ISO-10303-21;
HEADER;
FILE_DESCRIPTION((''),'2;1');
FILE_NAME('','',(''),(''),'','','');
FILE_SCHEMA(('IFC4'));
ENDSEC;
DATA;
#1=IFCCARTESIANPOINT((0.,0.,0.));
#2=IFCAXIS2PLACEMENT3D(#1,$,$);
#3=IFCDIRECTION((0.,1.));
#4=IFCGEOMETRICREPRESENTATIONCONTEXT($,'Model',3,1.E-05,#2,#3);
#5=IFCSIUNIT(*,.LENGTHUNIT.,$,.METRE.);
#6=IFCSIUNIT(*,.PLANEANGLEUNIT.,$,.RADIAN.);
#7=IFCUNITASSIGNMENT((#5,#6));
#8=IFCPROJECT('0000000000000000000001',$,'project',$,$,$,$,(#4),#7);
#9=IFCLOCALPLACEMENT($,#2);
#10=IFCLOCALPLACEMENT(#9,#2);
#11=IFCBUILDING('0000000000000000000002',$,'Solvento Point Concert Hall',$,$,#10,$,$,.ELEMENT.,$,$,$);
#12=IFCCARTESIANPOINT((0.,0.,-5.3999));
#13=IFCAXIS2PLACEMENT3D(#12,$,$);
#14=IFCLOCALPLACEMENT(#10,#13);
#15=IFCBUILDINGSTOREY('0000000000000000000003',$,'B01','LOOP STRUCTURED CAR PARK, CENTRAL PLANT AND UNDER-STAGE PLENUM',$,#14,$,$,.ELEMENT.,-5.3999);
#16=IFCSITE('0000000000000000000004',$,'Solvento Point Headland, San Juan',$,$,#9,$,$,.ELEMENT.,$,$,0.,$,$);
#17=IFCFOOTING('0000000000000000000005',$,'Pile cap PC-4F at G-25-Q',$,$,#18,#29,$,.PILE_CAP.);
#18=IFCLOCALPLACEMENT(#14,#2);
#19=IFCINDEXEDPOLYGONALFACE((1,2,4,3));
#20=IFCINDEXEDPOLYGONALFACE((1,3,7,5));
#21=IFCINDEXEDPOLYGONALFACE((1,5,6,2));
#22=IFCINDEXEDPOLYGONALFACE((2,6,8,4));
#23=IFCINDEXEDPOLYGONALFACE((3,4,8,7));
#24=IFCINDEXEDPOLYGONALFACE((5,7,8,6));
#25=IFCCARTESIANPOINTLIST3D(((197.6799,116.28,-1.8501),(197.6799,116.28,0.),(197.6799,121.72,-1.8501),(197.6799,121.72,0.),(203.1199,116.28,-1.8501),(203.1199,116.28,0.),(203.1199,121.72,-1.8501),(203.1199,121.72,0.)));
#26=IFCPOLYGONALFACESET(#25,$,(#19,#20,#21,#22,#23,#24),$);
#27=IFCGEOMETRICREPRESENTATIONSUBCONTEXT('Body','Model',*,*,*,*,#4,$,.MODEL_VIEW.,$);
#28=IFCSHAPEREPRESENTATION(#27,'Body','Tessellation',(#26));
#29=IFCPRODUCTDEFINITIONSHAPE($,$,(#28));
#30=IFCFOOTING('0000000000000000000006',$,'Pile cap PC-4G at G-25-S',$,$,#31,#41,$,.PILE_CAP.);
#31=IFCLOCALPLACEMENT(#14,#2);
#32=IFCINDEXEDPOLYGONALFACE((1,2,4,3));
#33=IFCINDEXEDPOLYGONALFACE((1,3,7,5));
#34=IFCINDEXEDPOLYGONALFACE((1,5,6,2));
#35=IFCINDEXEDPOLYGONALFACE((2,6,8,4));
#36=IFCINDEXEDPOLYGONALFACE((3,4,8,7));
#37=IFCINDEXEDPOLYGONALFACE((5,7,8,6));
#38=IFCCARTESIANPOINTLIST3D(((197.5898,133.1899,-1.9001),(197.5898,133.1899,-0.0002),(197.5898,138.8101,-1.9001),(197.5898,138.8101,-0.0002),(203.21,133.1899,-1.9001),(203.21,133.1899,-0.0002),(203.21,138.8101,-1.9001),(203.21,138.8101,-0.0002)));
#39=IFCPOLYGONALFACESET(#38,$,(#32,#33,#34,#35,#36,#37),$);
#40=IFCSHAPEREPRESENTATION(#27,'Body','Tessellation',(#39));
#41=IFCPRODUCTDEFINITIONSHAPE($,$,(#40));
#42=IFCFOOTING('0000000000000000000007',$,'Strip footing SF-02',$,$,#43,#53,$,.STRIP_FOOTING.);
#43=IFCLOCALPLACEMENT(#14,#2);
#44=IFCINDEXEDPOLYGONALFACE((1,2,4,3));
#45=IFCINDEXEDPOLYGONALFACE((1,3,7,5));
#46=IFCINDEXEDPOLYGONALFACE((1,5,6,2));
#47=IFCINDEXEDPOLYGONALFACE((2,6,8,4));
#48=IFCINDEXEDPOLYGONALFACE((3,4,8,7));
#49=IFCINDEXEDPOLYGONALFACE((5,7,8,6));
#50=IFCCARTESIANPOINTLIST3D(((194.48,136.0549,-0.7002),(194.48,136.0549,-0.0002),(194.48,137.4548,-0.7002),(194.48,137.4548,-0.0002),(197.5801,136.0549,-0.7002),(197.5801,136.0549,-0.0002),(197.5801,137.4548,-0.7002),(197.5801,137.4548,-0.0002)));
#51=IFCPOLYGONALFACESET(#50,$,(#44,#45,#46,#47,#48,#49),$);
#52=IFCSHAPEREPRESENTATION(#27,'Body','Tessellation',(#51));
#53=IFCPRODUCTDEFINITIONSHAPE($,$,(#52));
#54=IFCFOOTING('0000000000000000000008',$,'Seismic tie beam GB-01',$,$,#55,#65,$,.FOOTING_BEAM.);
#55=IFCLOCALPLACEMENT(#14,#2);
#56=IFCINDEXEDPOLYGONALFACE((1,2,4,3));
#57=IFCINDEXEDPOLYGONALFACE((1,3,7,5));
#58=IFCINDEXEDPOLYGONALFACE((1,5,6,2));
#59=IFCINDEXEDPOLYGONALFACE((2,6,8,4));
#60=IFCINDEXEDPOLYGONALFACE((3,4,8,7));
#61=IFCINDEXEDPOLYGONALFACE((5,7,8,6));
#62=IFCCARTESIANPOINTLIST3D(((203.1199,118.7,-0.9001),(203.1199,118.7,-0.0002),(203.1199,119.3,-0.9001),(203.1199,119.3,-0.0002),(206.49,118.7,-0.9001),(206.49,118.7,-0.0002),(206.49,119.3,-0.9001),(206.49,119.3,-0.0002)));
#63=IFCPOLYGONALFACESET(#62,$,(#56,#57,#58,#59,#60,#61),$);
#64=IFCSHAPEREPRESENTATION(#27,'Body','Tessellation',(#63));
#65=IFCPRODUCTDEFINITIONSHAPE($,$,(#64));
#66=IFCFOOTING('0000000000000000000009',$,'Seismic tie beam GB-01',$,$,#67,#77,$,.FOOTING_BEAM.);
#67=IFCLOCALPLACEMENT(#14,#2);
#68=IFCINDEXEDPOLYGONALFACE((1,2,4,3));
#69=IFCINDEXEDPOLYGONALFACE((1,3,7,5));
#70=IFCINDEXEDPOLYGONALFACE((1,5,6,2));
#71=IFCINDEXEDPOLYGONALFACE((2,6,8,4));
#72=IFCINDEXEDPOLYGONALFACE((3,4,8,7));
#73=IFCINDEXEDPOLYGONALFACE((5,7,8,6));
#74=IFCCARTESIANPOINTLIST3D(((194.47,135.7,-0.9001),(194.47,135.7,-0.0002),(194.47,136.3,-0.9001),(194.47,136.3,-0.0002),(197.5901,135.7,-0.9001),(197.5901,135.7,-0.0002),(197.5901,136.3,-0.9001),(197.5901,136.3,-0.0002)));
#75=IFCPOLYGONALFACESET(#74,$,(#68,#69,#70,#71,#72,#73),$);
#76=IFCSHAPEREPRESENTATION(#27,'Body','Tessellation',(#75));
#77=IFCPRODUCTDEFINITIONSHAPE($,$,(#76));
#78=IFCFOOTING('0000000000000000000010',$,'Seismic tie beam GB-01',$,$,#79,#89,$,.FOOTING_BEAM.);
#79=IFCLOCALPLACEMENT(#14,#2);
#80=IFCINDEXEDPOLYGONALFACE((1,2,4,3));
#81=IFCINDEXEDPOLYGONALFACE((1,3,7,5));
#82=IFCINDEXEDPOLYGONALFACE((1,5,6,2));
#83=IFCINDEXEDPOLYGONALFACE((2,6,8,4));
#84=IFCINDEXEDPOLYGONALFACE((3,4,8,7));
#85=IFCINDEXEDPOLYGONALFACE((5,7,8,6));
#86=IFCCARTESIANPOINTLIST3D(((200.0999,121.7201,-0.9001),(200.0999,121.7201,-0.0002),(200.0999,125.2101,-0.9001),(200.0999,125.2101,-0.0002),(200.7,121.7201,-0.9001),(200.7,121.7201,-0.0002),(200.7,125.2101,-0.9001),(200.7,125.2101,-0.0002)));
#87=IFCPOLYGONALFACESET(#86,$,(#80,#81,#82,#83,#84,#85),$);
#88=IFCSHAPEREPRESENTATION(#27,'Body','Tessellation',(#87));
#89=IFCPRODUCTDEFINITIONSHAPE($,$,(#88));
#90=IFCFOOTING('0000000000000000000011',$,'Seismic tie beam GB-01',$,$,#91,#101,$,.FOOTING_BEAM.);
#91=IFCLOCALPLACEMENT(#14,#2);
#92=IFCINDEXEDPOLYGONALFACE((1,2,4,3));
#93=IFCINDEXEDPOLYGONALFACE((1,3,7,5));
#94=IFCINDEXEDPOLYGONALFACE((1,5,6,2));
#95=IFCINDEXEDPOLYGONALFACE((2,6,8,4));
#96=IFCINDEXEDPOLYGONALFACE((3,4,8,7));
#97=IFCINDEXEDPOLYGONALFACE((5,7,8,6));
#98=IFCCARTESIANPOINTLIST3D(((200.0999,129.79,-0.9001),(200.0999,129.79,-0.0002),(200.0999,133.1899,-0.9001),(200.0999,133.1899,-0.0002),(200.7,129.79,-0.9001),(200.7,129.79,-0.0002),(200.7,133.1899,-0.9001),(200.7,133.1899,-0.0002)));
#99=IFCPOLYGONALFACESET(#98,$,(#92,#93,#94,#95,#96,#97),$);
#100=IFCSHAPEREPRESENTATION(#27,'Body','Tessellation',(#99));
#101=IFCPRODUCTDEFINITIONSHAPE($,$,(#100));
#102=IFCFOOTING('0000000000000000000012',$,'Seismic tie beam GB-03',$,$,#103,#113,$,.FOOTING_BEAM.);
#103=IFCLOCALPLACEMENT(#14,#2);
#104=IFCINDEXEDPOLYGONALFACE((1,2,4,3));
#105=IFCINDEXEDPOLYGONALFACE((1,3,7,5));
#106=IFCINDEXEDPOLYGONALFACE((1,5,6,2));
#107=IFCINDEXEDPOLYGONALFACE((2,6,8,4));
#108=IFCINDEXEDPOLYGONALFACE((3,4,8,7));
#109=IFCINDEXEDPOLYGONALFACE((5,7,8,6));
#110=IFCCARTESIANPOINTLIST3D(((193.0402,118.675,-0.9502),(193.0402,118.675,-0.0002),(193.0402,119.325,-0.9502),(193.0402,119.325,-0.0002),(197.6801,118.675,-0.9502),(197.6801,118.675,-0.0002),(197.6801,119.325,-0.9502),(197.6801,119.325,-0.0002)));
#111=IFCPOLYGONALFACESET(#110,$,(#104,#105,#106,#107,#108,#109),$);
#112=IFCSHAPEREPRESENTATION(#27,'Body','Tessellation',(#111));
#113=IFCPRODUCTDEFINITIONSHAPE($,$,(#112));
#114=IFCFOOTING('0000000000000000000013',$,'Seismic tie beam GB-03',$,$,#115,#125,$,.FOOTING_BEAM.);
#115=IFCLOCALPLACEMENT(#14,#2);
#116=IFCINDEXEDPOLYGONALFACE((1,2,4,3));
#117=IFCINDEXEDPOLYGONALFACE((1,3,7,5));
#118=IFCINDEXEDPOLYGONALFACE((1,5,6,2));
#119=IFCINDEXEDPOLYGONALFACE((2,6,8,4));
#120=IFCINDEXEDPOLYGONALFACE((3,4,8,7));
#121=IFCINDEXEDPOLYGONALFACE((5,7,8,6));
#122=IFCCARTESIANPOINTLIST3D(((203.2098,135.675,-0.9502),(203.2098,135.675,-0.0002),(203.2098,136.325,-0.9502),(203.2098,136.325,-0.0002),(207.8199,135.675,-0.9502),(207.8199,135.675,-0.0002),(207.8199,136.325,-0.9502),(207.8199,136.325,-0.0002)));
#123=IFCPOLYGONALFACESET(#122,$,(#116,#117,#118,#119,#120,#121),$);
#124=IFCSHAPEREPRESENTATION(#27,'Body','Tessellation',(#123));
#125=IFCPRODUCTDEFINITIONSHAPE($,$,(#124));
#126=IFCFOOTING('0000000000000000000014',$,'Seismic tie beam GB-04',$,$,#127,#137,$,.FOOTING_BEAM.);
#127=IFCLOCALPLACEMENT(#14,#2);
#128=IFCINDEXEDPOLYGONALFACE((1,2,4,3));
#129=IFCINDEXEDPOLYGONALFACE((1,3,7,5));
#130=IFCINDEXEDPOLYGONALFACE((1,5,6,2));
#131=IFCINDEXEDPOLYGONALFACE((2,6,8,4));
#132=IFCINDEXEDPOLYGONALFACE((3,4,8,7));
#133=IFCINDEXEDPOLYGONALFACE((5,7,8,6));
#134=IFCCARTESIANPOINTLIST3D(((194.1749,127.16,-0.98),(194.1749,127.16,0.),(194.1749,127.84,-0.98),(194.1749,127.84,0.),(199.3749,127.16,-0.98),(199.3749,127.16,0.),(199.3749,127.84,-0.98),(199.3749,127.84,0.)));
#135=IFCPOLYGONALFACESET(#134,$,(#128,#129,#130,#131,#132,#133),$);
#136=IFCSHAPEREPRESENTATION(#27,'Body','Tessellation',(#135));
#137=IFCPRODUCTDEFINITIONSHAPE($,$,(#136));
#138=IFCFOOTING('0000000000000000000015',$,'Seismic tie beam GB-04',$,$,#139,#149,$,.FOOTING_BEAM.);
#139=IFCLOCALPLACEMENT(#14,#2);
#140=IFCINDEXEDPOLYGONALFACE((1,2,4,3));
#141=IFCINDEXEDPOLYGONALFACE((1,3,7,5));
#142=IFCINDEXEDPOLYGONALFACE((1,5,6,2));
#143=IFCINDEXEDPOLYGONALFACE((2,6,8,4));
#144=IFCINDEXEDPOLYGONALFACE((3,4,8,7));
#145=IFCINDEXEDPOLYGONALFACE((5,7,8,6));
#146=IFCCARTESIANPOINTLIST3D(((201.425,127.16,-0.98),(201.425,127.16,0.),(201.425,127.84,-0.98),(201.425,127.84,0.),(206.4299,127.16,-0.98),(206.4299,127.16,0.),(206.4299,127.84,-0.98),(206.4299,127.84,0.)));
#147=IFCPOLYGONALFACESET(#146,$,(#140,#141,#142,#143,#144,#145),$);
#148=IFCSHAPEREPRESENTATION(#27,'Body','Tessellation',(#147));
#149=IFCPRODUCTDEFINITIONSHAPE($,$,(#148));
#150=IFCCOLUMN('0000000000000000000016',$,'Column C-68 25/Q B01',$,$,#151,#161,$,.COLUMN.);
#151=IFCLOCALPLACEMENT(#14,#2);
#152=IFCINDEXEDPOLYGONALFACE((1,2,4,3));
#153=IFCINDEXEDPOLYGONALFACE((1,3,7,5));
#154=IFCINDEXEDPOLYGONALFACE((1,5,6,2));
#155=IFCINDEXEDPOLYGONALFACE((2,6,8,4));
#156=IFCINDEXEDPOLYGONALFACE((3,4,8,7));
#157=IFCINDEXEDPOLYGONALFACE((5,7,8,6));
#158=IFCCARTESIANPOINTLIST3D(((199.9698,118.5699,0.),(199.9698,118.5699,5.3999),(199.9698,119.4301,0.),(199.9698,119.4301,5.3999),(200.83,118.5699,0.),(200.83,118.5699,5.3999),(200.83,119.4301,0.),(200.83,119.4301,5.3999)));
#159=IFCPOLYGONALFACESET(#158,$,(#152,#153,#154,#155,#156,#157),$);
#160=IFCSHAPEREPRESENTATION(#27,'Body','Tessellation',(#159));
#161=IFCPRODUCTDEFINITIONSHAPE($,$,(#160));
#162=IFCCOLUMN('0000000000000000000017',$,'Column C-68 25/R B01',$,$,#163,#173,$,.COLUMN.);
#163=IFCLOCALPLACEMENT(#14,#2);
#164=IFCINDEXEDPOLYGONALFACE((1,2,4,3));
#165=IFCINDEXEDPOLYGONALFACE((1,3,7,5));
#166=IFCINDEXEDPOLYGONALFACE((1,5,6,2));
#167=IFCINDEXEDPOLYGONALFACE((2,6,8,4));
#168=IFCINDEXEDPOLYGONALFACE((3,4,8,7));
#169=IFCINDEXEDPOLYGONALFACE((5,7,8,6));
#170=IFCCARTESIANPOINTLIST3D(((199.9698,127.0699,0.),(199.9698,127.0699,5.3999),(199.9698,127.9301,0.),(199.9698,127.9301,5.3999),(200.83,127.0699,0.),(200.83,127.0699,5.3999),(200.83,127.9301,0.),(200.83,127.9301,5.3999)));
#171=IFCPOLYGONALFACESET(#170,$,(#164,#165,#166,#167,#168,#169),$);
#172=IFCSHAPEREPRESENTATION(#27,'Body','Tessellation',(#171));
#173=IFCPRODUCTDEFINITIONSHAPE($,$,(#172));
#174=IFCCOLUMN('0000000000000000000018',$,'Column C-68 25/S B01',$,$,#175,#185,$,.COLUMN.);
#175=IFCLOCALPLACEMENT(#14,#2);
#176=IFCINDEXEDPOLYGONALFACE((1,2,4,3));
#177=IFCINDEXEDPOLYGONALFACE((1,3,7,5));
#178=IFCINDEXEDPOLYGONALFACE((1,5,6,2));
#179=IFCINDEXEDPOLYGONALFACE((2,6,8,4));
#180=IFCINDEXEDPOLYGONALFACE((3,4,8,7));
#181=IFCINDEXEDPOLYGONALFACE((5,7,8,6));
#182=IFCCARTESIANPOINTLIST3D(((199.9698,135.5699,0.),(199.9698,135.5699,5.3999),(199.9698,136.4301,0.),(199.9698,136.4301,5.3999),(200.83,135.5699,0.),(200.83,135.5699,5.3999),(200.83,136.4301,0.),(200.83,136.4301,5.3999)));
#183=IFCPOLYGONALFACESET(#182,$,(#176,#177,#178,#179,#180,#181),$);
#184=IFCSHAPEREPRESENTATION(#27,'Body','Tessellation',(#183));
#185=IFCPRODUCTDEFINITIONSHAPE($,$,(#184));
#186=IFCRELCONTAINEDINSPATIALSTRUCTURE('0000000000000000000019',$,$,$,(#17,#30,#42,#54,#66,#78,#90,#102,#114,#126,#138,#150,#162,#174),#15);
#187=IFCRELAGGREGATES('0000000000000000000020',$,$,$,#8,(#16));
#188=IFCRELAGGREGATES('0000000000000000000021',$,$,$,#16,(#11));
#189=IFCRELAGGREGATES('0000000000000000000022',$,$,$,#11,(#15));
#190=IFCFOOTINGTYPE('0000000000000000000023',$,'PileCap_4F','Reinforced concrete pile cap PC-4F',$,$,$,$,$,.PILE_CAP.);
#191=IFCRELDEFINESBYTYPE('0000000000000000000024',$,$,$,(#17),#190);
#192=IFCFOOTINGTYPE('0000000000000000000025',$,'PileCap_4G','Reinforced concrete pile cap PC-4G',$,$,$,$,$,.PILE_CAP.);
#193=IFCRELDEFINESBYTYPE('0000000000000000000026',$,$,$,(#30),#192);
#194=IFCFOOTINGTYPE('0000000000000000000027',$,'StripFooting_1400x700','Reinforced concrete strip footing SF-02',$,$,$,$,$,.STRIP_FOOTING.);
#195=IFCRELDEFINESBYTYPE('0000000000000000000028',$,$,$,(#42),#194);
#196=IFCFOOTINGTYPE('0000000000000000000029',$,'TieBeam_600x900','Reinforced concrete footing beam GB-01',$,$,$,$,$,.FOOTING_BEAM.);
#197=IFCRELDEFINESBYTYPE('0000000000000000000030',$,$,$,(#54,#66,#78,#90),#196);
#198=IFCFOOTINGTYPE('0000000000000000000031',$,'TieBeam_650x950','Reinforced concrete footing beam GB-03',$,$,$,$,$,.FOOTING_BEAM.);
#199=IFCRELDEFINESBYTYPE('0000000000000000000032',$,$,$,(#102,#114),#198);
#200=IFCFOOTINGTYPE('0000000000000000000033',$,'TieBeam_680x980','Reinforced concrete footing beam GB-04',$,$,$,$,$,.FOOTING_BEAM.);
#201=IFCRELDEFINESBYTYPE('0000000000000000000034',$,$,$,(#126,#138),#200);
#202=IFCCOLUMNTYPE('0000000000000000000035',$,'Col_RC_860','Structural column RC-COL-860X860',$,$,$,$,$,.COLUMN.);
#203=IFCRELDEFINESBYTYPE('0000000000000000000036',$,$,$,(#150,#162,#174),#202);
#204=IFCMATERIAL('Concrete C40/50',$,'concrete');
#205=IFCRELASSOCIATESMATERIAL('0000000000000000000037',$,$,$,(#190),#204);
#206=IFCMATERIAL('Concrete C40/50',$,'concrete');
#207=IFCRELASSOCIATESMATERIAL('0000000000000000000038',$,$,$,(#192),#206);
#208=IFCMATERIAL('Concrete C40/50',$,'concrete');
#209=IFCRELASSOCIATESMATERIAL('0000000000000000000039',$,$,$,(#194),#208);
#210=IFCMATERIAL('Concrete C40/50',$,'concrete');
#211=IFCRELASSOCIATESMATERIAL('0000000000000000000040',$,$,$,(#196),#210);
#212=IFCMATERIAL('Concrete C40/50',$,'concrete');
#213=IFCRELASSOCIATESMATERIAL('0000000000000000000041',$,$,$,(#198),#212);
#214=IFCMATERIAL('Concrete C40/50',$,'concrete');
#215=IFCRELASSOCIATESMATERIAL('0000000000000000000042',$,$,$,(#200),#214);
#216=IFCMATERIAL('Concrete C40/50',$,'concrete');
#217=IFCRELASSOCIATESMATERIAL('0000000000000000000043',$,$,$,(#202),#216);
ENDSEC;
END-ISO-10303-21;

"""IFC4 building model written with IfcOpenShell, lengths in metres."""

from ifc_helpers import new_model, si_unit, direction, frame, origin, origin_2d, place, context, subcontext, project, spatial, rectangle, extrude, material, material_profile, profile_set, type_object, element, save


model = new_model("IFC4")

# Units and contexts
model_context = context("Model", 3, precision=1e-05, world=origin(), true_north=direction((0.0, 1.0)))
body_context = subcontext(model_context, "Body", "Model", "MODEL_VIEW")
ifc_project = project(units=[si_unit("LENGTHUNIT", "METRE"), si_unit("PLANEANGLEUNIT", "RADIAN")], contexts=[model_context])

# Site, building, storey
site_placement = place(None, origin())
site = spatial("IfcSite", under=ifc_project, at=site_placement, Name="Solvento Point Headland, San Juan", CompositionType="ELEMENT", RefElevation=0.0)
building_placement = place(site_placement, origin())
building = spatial("IfcBuilding", under=site, at=building_placement, Name="Solvento Point Concert Hall", CompositionType="ELEMENT")
storey_placement = place(building_placement, frame((0.0, 0.0, -5.3999)))
storey = spatial("IfcBuildingStorey", under=building, at=storey_placement, Name="B01", Description="LOOP STRUCTURED CAR PARK, CENTRAL PLANT AND UNDER-STAGE PLENUM", CompositionType="ELEMENT", Elevation=-5.3999)

# Footings
ifc_material_1 = material(Name="Concrete C40/50", Category="concrete")
footing_type_1 = type_object("IfcFootingType", Name="PileCap_4F", Description="Reinforced concrete pile cap PC-4F", PredefinedType="PILE_CAP", material=ifc_material_1)
footing_1_placement = place(storey_placement, frame((200.3999, 119.0, -1.8501), z_axis=(0.0, 0.0, 1.0), x_axis=(1.0, 0.0, 0.0)))
element("IfcFooting", 1, at=footing_1_placement, inside=storey, type_object=footing_type_1, Name="Pile cap PC-4F at G-25-Q", PredefinedType="PILE_CAP", context=body_context, shape_type="SweptSolid", body=[
    extrude(rectangle(XDim=5.4399, YDim=5.4399, at=origin_2d()), origin(), (0.0, 0.0, 1.0), 1.8501),
])
ifc_material_2 = material(Name="Concrete C40/50", Category="concrete")
footing_type_2 = type_object("IfcFootingType", Name="PileCap_4G", Description="Reinforced concrete pile cap PC-4G", PredefinedType="PILE_CAP", material=ifc_material_2)
footing_2_placement = place(storey_placement, frame((200.3999, 136.0, -1.9001), z_axis=(0.0, 0.0, 1.0), x_axis=(1.0, 0.0, 0.0)))
element("IfcFooting", 2, at=footing_2_placement, inside=storey, type_object=footing_type_2, Name="Pile cap PC-4G at G-25-S", PredefinedType="PILE_CAP", context=body_context, shape_type="SweptSolid", body=[
    extrude(rectangle(XDim=5.6201, YDim=5.6201, at=origin_2d()), origin(), (0.0, 0.0, 1.0), 1.8999),
])
ifc_material_3 = material(Name="Concrete C40/50", Category="concrete")
footing_type_3 = type_object("IfcFootingType", Name="StripFooting_1400x700", Description="Reinforced concrete strip footing SF-02", PredefinedType="STRIP_FOOTING", material=ifc_material_3)
footing_3_placement = place(storey_placement, frame((196.03, 136.7549, -0.7002), z_axis=(0.0, 0.0, 1.0), x_axis=(1.0, 0.0, 0.0)))
element("IfcFooting", 3, at=footing_3_placement, inside=storey, type_object=footing_type_3, Name="Strip footing SF-02", PredefinedType="STRIP_FOOTING", context=body_context, shape_type="SweptSolid", body=[
    extrude(rectangle(XDim=3.1001, YDim=1.3999, at=origin_2d()), origin(), (0.0, 0.0, 1.0), 0.7),
])
ifc_material_4 = material(Name="Concrete C40/50", Category="concrete")
footing_type_4 = type_object("IfcFootingType", Name="TieBeam_600x900", Description="Reinforced concrete footing beam GB-01", PredefinedType="FOOTING_BEAM", material=ifc_material_4)
footing_4_placement = place(storey_placement, frame((204.8049, 119.0, -0.9001), z_axis=(0.0, 0.0, 1.0), x_axis=(1.0, 0.0, 0.0)))
element("IfcFooting", 4, at=footing_4_placement, inside=storey, type_object=footing_type_4, Name="Seismic tie beam GB-01", PredefinedType="FOOTING_BEAM", context=body_context, shape_type="SweptSolid", body=[
    extrude(rectangle(XDim=3.3701, YDim=0.6001, at=origin_2d()), origin(), (0.0, 0.0, 1.0), 0.8999),
])
footing_5_placement = place(storey_placement, frame((196.03, 136.0, -0.9001), z_axis=(0.0, 0.0, 1.0), x_axis=(1.0, 0.0, 0.0)))
element("IfcFooting", 5, at=footing_5_placement, inside=storey, type_object=footing_type_4, Name="Seismic tie beam GB-01", PredefinedType="FOOTING_BEAM", context=body_context, shape_type="SweptSolid", body=[
    extrude(rectangle(XDim=3.1201, YDim=0.6001, at=origin_2d()), origin(), (0.0, 0.0, 1.0), 0.8999),
])
footing_6_placement = place(storey_placement, frame((200.3999, 123.4651, -0.9001), z_axis=(0.0, 0.0, 1.0), x_axis=(0.0, 1.0, 0.0)))
element("IfcFooting", 6, at=footing_6_placement, inside=storey, type_object=footing_type_4, Name="Seismic tie beam GB-01", PredefinedType="FOOTING_BEAM", context=body_context, shape_type="SweptSolid", body=[
    extrude(rectangle(XDim=3.49, YDim=0.6001, at=origin_2d()), origin(), (0.0, 0.0, 1.0), 0.8999),
])
footing_7_placement = place(storey_placement, frame((200.3999, 131.49, -0.9001), z_axis=(0.0, 0.0, 1.0), x_axis=(0.0, 1.0, 0.0)))
element("IfcFooting", 7, at=footing_7_placement, inside=storey, type_object=footing_type_4, Name="Seismic tie beam GB-01", PredefinedType="FOOTING_BEAM", context=body_context, shape_type="SweptSolid", body=[
    extrude(rectangle(XDim=3.3999, YDim=0.6001, at=origin_2d()), origin(), (0.0, 0.0, 1.0), 0.8999),
])
ifc_material_5 = material(Name="Concrete C40/50", Category="concrete")
footing_type_5 = type_object("IfcFootingType", Name="TieBeam_650x950", Description="Reinforced concrete footing beam GB-03", PredefinedType="FOOTING_BEAM", material=ifc_material_5)
footing_8_placement = place(storey_placement, frame((195.3601, 119.0, -0.9502), z_axis=(0.0, 0.0, 1.0), x_axis=(1.0, 0.0, 0.0)))
element("IfcFooting", 8, at=footing_8_placement, inside=storey, type_object=footing_type_5, Name="Seismic tie beam GB-03", PredefinedType="FOOTING_BEAM", context=body_context, shape_type="SweptSolid", body=[
    extrude(rectangle(XDim=4.6399, YDim=0.6499, at=origin_2d()), origin(), (0.0, 0.0, 1.0), 0.95),
])
footing_9_placement = place(storey_placement, frame((205.5149, 136.0, -0.9502), z_axis=(0.0, 0.0, 1.0), x_axis=(1.0, 0.0, 0.0)))
element("IfcFooting", 9, at=footing_9_placement, inside=storey, type_object=footing_type_5, Name="Seismic tie beam GB-03", PredefinedType="FOOTING_BEAM", context=body_context, shape_type="SweptSolid", body=[
    extrude(rectangle(XDim=4.6101, YDim=0.6499, at=origin_2d()), origin(), (0.0, 0.0, 1.0), 0.95),
])
ifc_material_6 = material(Name="Concrete C40/50", Category="concrete")
footing_type_6 = type_object("IfcFootingType", Name="TieBeam_680x980", Description="Reinforced concrete footing beam GB-04", PredefinedType="FOOTING_BEAM", material=ifc_material_6)
footing_10_placement = place(storey_placement, frame((196.7749, 127.5, -0.98), z_axis=(0.0, 0.0, 1.0), x_axis=(1.0, 0.0, 0.0)))
element("IfcFooting", 10, at=footing_10_placement, inside=storey, type_object=footing_type_6, Name="Seismic tie beam GB-04", PredefinedType="FOOTING_BEAM", context=body_context, shape_type="SweptSolid", body=[
    extrude(rectangle(XDim=5.2, YDim=0.6799, at=origin_2d()), origin(), (0.0, 0.0, 1.0), 0.98),
])
footing_11_placement = place(storey_placement, frame((203.9275, 127.5, -0.98), z_axis=(0.0, 0.0, 1.0), x_axis=(1.0, 0.0, 0.0)))
element("IfcFooting", 11, at=footing_11_placement, inside=storey, type_object=footing_type_6, Name="Seismic tie beam GB-04", PredefinedType="FOOTING_BEAM", context=body_context, shape_type="SweptSolid", body=[
    extrude(rectangle(XDim=5.0049, YDim=0.6799, at=origin_2d()), origin(), (0.0, 0.0, 1.0), 0.98),
])

# Columns
ifc_material_7 = material(Name="Concrete C40/50", Category="concrete")
ifc_material_profile_1 = material_profile(ifc_material_7, rectangle(XDim=0.8601, YDim=0.8601, at=origin_2d()), Name="RC-COL-860X860")
ifc_profile_set_1 = profile_set([ifc_material_profile_1], Name="Concrete C40/50")
column_type = type_object("IfcColumnType", Name="Col_RC_860", Description="Structural column RC-COL-860X860", PredefinedType="COLUMN", material=ifc_profile_set_1)
for number, where, z_axis, x_axis, name in (
    (12, (200.3999, 119.0, 0.0), (0.0, 0.0, 1.0), (1.0, 0.0, 0.0), "Column C-68 25/Q B01"),
    (13, (200.3999, 127.5, 0.0), (0.0, 0.0, 1.0), (1.0, 0.0, 0.0), "Column C-68 25/R B01"),
    (14, (200.3999, 136.0, 0.0), (0.0, 0.0, 1.0), (1.0, 0.0, 0.0), "Column C-68 25/S B01"),
):
    element("IfcColumn", number, at=place(storey_placement, frame(where, z_axis=z_axis, x_axis=x_axis)), inside=storey, type_object=column_type, Name=name, PredefinedType="COLUMN", context=body_context, shape_type="SweptSolid", body=[
        extrude(rectangle(XDim=0.8601, YDim=0.8601, at=origin_2d()), origin(), (0.0, 0.0, 1.0), 5.3999),
    ])

save(model, "model.ifc")
